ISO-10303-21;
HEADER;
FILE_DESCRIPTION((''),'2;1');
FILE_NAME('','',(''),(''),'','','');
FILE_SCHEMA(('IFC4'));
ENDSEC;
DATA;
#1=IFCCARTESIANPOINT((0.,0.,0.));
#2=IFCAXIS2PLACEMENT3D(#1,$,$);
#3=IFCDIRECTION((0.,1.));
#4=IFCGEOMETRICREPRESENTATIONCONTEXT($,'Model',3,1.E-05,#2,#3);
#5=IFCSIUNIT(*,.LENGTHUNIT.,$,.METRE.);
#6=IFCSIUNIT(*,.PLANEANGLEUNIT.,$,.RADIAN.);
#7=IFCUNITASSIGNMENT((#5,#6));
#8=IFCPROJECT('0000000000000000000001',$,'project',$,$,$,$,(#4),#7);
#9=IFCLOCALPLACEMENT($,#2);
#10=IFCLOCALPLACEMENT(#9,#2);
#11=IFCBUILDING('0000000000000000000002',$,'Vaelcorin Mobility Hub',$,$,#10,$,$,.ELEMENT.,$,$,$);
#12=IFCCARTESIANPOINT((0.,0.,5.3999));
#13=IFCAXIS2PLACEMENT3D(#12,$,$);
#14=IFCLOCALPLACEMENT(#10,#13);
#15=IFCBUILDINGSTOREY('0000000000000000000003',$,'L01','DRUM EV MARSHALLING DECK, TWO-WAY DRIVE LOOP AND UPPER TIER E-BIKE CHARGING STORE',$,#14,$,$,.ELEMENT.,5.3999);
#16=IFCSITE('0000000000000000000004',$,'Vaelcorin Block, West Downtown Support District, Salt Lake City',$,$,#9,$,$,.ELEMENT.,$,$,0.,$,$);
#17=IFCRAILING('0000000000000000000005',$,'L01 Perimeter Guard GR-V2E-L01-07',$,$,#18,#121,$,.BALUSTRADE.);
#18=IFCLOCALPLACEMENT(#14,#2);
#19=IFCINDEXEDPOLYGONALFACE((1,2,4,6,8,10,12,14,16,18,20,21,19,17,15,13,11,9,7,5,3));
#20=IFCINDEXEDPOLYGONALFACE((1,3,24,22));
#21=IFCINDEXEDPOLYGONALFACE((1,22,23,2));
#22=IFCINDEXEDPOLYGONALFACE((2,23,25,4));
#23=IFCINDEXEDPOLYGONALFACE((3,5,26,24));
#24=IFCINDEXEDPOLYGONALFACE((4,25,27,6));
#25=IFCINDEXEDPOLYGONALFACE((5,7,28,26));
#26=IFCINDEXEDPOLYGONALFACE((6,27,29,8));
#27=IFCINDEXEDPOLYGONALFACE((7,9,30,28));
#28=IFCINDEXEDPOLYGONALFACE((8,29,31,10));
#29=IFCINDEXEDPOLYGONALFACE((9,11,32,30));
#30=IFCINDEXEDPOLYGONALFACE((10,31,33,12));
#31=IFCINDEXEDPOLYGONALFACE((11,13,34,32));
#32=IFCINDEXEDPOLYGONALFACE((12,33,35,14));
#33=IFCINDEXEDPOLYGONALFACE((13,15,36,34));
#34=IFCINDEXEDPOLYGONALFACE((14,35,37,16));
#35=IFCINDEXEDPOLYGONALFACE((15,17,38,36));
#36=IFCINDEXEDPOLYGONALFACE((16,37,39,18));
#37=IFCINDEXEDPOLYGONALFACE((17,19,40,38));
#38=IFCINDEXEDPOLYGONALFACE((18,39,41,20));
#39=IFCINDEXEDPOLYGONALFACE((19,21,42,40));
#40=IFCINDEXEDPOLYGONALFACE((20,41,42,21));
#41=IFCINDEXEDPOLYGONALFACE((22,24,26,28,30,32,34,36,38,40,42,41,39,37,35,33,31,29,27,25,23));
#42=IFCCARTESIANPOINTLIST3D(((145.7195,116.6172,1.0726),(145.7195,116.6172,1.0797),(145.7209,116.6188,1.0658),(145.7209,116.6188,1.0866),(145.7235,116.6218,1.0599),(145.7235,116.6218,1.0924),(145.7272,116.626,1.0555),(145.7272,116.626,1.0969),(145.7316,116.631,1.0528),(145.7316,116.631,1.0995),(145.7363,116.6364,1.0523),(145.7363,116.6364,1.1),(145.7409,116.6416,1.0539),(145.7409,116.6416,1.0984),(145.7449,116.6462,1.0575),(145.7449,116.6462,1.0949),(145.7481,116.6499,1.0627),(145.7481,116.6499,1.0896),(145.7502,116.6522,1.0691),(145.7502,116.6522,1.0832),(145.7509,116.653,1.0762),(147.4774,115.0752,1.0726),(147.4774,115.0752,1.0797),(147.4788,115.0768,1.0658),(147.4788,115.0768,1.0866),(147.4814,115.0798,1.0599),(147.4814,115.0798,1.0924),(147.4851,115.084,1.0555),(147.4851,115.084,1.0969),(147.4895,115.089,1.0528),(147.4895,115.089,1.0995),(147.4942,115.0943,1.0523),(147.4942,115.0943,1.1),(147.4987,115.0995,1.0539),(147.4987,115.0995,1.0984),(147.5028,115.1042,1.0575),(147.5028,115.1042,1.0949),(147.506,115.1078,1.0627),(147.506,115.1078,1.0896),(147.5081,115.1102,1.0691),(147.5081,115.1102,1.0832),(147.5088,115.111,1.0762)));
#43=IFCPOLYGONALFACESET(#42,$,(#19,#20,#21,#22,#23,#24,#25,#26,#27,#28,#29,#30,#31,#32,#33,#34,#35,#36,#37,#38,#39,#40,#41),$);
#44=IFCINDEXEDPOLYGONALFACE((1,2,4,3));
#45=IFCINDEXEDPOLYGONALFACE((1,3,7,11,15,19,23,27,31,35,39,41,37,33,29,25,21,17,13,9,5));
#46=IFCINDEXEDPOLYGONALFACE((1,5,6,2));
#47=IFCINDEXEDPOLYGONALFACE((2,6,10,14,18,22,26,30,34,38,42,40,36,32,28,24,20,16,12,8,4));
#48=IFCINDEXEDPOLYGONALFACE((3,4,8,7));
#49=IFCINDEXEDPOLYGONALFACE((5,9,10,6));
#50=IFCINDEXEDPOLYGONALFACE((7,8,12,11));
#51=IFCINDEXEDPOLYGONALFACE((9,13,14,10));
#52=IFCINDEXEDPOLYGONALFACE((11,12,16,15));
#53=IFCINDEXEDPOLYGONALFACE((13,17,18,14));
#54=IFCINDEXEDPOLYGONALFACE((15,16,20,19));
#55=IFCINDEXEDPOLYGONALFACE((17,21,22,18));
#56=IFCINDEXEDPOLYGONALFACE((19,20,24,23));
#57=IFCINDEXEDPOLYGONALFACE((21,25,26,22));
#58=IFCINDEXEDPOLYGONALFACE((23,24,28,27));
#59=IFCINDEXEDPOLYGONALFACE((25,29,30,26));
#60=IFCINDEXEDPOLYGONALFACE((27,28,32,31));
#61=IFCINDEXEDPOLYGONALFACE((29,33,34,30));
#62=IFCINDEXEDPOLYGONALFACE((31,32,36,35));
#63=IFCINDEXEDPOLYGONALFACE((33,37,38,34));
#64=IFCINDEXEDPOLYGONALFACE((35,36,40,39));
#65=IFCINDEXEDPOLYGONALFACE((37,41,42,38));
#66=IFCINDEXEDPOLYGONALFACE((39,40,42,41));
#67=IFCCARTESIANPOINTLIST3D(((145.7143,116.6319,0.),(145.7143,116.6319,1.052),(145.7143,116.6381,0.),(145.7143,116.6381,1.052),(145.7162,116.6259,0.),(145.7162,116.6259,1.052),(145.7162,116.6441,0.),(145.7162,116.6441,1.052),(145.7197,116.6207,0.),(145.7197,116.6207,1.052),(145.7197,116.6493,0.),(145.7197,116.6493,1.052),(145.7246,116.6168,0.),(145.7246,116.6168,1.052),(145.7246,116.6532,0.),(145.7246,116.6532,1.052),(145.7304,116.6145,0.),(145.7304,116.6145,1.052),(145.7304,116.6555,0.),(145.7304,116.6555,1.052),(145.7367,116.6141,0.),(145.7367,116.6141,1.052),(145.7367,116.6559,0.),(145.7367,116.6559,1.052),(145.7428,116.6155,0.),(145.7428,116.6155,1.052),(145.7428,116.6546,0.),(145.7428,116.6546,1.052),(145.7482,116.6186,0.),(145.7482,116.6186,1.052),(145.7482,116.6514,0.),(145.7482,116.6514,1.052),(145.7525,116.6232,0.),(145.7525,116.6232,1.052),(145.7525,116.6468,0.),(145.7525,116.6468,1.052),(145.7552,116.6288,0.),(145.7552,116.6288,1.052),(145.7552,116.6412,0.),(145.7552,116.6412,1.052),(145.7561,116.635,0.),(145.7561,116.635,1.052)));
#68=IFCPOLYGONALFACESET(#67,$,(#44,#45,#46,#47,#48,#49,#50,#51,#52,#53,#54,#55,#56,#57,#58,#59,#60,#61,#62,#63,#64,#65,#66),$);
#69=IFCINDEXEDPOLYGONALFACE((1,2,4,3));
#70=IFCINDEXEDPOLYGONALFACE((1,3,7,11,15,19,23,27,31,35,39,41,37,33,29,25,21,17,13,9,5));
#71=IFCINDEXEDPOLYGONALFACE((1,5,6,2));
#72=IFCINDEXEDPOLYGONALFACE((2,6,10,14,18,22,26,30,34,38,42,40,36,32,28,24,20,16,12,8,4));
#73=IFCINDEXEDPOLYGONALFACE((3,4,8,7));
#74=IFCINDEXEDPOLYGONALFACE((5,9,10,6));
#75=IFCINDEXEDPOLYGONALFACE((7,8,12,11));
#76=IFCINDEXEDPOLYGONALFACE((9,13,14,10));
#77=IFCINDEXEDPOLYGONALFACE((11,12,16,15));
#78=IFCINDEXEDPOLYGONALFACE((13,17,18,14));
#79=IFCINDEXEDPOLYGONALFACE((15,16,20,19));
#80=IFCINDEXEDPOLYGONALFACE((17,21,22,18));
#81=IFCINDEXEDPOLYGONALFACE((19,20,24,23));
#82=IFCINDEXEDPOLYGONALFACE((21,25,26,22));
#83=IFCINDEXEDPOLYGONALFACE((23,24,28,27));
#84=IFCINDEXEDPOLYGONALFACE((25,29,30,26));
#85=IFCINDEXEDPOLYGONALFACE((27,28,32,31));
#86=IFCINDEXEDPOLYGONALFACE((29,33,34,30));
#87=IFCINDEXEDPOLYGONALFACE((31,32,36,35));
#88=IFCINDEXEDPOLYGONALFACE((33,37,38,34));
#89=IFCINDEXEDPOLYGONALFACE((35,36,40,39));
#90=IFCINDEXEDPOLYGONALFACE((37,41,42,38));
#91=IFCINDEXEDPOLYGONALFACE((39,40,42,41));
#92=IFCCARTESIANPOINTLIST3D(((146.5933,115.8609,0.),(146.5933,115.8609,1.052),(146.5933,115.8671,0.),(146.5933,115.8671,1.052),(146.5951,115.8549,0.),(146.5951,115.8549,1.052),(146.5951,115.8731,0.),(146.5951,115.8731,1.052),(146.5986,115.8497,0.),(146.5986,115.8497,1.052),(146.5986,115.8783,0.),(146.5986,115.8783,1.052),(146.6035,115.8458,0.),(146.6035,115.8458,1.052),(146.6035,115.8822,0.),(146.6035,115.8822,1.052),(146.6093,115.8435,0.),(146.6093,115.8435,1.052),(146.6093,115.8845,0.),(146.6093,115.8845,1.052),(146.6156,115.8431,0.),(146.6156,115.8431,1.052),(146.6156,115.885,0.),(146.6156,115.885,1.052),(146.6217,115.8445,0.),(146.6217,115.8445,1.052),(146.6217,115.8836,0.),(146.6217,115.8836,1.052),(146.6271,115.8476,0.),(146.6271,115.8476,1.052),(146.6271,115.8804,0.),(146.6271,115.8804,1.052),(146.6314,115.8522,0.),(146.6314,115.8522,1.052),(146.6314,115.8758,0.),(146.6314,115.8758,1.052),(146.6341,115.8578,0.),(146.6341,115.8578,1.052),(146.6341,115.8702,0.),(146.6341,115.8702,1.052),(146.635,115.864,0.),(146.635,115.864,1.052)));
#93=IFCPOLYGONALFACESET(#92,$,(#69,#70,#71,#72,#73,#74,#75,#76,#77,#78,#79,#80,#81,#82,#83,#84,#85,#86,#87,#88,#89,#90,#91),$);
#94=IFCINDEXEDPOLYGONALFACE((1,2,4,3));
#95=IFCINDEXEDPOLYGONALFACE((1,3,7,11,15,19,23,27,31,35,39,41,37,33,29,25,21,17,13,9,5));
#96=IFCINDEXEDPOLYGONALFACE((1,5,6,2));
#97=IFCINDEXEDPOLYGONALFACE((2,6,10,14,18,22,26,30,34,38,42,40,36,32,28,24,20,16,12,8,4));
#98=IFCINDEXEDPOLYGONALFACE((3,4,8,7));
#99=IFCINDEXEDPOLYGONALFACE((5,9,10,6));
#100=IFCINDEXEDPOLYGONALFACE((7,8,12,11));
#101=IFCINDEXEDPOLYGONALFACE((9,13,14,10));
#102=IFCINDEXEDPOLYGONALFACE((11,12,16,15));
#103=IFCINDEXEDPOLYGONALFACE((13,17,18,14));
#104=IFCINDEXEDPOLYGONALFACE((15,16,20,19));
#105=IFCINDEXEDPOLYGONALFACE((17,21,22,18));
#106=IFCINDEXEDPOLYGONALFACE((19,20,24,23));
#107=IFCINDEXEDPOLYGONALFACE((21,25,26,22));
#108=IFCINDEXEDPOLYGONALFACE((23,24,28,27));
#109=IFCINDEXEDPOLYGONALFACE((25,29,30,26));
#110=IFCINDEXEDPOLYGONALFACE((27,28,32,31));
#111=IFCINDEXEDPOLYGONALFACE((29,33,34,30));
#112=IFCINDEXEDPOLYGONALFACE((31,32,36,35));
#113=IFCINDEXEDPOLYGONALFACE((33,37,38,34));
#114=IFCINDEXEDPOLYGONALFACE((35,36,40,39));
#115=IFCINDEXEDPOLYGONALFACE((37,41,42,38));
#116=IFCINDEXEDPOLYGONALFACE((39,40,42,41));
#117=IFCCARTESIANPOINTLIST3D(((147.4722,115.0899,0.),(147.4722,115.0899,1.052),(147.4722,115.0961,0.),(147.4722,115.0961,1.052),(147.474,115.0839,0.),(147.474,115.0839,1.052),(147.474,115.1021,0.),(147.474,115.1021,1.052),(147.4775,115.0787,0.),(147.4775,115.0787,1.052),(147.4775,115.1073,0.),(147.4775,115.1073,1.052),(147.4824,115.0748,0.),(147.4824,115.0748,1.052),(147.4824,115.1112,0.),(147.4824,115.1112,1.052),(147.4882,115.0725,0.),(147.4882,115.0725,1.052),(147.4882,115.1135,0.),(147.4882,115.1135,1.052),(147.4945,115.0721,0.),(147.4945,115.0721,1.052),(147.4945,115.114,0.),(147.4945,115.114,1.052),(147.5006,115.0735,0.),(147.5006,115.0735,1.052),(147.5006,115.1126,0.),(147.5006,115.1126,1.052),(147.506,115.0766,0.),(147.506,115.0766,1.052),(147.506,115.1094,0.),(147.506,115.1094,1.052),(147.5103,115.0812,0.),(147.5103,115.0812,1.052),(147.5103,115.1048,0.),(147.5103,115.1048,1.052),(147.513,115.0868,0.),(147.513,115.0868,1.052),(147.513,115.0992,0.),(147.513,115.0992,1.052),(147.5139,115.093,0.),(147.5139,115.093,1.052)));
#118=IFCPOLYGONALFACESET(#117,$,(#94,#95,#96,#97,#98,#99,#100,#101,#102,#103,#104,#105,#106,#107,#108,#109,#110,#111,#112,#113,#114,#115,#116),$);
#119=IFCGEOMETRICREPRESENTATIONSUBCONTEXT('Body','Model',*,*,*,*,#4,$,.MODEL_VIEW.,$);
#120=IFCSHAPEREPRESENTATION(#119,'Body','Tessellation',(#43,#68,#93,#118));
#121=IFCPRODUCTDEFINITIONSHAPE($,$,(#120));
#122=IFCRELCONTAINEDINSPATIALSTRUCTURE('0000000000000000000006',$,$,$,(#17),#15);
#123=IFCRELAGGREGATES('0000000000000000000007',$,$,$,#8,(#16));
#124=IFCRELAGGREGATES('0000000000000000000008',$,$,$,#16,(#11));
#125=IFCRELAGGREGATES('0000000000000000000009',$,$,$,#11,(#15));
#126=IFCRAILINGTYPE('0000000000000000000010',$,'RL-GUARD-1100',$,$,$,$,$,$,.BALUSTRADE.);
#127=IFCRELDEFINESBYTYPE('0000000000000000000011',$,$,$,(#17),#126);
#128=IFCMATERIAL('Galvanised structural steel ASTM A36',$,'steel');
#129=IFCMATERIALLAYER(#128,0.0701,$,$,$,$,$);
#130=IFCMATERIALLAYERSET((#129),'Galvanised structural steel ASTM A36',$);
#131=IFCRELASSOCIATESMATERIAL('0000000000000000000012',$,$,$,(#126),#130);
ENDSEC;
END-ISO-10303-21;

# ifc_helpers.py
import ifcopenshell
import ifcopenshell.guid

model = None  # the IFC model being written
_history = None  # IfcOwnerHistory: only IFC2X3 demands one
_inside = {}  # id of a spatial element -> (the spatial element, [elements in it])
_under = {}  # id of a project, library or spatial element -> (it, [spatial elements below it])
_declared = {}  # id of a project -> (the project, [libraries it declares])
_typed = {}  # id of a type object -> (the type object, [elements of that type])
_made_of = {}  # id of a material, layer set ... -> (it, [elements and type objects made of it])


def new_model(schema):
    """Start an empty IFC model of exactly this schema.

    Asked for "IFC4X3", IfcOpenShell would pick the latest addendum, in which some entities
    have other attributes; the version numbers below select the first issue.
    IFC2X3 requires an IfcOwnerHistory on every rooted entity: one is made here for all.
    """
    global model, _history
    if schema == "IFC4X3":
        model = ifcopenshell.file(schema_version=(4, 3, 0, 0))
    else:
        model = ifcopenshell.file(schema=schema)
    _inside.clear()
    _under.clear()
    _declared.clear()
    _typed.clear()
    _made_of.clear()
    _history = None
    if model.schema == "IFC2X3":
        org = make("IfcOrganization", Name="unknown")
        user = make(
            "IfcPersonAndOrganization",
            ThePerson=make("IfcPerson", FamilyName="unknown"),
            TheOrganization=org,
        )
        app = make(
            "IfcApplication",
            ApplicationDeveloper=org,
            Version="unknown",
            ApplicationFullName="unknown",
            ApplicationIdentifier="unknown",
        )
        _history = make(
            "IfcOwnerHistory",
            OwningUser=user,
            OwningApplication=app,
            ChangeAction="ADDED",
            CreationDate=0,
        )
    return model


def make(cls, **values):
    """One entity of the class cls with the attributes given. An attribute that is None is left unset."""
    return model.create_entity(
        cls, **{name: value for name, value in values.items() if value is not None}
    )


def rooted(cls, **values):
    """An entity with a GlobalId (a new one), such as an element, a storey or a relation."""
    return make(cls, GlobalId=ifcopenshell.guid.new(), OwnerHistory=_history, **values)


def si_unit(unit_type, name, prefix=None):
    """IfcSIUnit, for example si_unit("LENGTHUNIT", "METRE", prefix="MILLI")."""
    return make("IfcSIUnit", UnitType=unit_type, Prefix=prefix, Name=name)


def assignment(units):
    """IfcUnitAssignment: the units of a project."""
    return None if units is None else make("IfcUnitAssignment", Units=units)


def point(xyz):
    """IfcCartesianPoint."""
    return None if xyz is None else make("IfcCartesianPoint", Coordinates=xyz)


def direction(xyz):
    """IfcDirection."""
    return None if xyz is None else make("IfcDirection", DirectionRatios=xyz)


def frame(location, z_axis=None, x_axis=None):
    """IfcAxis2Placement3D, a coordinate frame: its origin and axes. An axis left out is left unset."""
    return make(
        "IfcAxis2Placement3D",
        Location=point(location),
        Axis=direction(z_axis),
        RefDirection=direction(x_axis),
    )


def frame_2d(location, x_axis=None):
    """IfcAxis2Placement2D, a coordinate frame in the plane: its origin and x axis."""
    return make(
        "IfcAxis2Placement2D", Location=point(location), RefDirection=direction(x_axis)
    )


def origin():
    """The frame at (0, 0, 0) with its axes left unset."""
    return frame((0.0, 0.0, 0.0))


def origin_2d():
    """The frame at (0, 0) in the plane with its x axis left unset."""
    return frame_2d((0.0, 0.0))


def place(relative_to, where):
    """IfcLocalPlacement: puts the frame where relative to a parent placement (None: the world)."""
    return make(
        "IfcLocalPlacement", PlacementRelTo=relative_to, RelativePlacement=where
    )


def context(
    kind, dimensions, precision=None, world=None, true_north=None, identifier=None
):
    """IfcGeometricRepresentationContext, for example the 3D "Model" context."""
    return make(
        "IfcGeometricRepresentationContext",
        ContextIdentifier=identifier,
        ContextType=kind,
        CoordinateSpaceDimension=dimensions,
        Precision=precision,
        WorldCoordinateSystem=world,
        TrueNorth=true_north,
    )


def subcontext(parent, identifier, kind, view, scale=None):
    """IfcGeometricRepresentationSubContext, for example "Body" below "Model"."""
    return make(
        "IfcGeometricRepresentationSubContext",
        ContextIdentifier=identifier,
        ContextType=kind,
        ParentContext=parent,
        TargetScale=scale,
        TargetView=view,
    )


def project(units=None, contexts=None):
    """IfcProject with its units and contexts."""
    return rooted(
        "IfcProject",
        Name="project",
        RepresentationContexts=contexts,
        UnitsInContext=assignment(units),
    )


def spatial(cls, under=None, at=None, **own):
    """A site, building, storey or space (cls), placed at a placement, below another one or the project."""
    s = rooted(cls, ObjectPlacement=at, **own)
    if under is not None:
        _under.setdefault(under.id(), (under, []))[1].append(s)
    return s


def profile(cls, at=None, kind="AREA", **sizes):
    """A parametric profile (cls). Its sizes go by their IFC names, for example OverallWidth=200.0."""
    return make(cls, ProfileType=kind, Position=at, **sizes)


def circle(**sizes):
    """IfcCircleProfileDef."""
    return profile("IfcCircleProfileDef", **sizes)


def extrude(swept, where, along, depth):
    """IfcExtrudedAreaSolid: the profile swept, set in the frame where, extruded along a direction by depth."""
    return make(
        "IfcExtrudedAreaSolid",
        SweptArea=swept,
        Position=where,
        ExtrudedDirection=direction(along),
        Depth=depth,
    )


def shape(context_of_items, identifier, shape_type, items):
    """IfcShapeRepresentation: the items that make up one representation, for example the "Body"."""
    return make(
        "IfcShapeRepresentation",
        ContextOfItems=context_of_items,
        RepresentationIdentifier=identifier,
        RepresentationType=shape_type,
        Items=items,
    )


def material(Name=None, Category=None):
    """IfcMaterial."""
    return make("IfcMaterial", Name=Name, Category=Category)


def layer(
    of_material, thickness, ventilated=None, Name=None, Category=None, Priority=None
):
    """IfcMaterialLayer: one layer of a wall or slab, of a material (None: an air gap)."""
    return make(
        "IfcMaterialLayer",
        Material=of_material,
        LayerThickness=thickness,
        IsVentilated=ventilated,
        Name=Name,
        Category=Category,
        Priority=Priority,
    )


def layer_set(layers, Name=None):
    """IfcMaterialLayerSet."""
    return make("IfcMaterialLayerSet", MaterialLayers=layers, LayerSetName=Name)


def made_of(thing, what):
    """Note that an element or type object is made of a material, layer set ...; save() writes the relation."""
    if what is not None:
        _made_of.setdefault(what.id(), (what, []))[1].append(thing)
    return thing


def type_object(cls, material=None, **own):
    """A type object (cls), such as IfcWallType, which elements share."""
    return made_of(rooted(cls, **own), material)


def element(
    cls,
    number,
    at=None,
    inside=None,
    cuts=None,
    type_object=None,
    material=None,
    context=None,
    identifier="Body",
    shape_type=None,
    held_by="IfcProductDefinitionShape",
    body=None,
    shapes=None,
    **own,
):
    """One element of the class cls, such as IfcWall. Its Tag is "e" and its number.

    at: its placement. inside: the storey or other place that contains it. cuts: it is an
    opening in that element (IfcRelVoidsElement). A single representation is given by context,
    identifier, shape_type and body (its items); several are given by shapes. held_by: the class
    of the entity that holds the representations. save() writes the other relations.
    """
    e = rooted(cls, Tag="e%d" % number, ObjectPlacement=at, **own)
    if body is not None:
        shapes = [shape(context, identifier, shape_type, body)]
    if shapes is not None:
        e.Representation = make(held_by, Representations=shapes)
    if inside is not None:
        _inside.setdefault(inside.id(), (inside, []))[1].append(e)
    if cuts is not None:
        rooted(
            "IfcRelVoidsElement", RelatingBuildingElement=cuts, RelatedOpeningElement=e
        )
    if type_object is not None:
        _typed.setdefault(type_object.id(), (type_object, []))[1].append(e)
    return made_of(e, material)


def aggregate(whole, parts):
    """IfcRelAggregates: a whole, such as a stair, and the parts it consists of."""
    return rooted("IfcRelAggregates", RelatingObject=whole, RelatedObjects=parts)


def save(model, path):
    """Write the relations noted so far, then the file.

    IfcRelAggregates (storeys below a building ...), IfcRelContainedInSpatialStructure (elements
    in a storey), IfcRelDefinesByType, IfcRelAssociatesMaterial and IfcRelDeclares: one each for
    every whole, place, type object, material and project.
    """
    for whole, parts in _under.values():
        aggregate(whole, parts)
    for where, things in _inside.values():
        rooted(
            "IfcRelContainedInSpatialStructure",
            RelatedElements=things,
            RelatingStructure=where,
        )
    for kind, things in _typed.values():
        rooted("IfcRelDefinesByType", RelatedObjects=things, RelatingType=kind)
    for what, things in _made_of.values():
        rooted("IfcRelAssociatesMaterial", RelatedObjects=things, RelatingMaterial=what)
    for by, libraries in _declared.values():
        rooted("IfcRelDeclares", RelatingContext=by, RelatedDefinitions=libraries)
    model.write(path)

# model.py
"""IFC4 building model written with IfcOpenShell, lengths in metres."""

from ifc_helpers import new_model, si_unit, direction, frame, origin, origin_2d, place, context, subcontext, project, spatial, circle, extrude, material, layer, layer_set, type_object, element, save


model = new_model("IFC4")

# Units and contexts
model_context = context("Model", 3, precision=1e-05, world=origin(), true_north=direction((0.0, 1.0)))
body_context = subcontext(model_context, "Body", "Model", "MODEL_VIEW")
ifc_project = project(units=[si_unit("LENGTHUNIT", "METRE"), si_unit("PLANEANGLEUNIT", "RADIAN")], contexts=[model_context])

# Site, building, storey
site_placement = place(None, origin())
site = spatial("IfcSite", under=ifc_project, at=site_placement, Name="Vaelcorin Block, West Downtown Support District, Salt Lake City", CompositionType="ELEMENT", RefElevation=0.0)
building_placement = place(site_placement, origin())
building = spatial("IfcBuilding", under=site, at=building_placement, Name="Vaelcorin Mobility Hub", CompositionType="ELEMENT")
storey_placement = place(building_placement, frame((0.0, 0.0, 5.3999)))
storey = spatial("IfcBuildingStorey", under=building, at=storey_placement, Name="L01", Description="DRUM EV MARSHALLING DECK, TWO-WAY DRIVE LOOP AND UPPER TIER E-BIKE CHARGING STORE", CompositionType="ELEMENT", Elevation=5.3999)

# Railing
ifc_material_1 = material(Name="Galvanised structural steel ASTM A36", Category="steel")
ifc_layer_1 = layer(ifc_material_1, 0.0701)
ifc_layer_set_1 = layer_set([ifc_layer_1], Name="Galvanised structural steel ASTM A36")
railing_type = type_object("IfcRailingType", Name="RL-GUARD-1100", PredefinedType="BALUSTRADE", material=ifc_layer_set_1)
railing_1_placement = place(storey_placement, frame((145.7351, 116.635, 0.0)))
element("IfcRailing", 1, at=railing_1_placement, inside=storey, type_object=railing_type, Name="L01 Perimeter Guard GR-V2E-L01-07", PredefinedType="BALUSTRADE", context=body_context, shape_type="SweptSolid", body=[
    extrude(circle(Radius=0.0239, at=origin_2d()), frame((0.0, 0.0, 1.0762), z_axis=(0.751748, -0.65945, 0.0), x_axis=(0.65945, 0.751748, 0.0)), (0.0, 0.0, 1.0), 2.3384),
    extrude(circle(Radius=0.021, at=origin_2d()), origin(), (0.0, 0.0, 1.0), 1.052),
    extrude(circle(Radius=0.021, at=origin_2d()), frame((0.8789, -0.771, 0.0)), (0.0, 0.0, 1.0), 1.052),
    extrude(circle(Radius=0.021, at=origin_2d()), frame((1.7578, -1.542, 0.0)), (0.0, 0.0, 1.0), 1.052),
])

save(model, "model.ifc")
